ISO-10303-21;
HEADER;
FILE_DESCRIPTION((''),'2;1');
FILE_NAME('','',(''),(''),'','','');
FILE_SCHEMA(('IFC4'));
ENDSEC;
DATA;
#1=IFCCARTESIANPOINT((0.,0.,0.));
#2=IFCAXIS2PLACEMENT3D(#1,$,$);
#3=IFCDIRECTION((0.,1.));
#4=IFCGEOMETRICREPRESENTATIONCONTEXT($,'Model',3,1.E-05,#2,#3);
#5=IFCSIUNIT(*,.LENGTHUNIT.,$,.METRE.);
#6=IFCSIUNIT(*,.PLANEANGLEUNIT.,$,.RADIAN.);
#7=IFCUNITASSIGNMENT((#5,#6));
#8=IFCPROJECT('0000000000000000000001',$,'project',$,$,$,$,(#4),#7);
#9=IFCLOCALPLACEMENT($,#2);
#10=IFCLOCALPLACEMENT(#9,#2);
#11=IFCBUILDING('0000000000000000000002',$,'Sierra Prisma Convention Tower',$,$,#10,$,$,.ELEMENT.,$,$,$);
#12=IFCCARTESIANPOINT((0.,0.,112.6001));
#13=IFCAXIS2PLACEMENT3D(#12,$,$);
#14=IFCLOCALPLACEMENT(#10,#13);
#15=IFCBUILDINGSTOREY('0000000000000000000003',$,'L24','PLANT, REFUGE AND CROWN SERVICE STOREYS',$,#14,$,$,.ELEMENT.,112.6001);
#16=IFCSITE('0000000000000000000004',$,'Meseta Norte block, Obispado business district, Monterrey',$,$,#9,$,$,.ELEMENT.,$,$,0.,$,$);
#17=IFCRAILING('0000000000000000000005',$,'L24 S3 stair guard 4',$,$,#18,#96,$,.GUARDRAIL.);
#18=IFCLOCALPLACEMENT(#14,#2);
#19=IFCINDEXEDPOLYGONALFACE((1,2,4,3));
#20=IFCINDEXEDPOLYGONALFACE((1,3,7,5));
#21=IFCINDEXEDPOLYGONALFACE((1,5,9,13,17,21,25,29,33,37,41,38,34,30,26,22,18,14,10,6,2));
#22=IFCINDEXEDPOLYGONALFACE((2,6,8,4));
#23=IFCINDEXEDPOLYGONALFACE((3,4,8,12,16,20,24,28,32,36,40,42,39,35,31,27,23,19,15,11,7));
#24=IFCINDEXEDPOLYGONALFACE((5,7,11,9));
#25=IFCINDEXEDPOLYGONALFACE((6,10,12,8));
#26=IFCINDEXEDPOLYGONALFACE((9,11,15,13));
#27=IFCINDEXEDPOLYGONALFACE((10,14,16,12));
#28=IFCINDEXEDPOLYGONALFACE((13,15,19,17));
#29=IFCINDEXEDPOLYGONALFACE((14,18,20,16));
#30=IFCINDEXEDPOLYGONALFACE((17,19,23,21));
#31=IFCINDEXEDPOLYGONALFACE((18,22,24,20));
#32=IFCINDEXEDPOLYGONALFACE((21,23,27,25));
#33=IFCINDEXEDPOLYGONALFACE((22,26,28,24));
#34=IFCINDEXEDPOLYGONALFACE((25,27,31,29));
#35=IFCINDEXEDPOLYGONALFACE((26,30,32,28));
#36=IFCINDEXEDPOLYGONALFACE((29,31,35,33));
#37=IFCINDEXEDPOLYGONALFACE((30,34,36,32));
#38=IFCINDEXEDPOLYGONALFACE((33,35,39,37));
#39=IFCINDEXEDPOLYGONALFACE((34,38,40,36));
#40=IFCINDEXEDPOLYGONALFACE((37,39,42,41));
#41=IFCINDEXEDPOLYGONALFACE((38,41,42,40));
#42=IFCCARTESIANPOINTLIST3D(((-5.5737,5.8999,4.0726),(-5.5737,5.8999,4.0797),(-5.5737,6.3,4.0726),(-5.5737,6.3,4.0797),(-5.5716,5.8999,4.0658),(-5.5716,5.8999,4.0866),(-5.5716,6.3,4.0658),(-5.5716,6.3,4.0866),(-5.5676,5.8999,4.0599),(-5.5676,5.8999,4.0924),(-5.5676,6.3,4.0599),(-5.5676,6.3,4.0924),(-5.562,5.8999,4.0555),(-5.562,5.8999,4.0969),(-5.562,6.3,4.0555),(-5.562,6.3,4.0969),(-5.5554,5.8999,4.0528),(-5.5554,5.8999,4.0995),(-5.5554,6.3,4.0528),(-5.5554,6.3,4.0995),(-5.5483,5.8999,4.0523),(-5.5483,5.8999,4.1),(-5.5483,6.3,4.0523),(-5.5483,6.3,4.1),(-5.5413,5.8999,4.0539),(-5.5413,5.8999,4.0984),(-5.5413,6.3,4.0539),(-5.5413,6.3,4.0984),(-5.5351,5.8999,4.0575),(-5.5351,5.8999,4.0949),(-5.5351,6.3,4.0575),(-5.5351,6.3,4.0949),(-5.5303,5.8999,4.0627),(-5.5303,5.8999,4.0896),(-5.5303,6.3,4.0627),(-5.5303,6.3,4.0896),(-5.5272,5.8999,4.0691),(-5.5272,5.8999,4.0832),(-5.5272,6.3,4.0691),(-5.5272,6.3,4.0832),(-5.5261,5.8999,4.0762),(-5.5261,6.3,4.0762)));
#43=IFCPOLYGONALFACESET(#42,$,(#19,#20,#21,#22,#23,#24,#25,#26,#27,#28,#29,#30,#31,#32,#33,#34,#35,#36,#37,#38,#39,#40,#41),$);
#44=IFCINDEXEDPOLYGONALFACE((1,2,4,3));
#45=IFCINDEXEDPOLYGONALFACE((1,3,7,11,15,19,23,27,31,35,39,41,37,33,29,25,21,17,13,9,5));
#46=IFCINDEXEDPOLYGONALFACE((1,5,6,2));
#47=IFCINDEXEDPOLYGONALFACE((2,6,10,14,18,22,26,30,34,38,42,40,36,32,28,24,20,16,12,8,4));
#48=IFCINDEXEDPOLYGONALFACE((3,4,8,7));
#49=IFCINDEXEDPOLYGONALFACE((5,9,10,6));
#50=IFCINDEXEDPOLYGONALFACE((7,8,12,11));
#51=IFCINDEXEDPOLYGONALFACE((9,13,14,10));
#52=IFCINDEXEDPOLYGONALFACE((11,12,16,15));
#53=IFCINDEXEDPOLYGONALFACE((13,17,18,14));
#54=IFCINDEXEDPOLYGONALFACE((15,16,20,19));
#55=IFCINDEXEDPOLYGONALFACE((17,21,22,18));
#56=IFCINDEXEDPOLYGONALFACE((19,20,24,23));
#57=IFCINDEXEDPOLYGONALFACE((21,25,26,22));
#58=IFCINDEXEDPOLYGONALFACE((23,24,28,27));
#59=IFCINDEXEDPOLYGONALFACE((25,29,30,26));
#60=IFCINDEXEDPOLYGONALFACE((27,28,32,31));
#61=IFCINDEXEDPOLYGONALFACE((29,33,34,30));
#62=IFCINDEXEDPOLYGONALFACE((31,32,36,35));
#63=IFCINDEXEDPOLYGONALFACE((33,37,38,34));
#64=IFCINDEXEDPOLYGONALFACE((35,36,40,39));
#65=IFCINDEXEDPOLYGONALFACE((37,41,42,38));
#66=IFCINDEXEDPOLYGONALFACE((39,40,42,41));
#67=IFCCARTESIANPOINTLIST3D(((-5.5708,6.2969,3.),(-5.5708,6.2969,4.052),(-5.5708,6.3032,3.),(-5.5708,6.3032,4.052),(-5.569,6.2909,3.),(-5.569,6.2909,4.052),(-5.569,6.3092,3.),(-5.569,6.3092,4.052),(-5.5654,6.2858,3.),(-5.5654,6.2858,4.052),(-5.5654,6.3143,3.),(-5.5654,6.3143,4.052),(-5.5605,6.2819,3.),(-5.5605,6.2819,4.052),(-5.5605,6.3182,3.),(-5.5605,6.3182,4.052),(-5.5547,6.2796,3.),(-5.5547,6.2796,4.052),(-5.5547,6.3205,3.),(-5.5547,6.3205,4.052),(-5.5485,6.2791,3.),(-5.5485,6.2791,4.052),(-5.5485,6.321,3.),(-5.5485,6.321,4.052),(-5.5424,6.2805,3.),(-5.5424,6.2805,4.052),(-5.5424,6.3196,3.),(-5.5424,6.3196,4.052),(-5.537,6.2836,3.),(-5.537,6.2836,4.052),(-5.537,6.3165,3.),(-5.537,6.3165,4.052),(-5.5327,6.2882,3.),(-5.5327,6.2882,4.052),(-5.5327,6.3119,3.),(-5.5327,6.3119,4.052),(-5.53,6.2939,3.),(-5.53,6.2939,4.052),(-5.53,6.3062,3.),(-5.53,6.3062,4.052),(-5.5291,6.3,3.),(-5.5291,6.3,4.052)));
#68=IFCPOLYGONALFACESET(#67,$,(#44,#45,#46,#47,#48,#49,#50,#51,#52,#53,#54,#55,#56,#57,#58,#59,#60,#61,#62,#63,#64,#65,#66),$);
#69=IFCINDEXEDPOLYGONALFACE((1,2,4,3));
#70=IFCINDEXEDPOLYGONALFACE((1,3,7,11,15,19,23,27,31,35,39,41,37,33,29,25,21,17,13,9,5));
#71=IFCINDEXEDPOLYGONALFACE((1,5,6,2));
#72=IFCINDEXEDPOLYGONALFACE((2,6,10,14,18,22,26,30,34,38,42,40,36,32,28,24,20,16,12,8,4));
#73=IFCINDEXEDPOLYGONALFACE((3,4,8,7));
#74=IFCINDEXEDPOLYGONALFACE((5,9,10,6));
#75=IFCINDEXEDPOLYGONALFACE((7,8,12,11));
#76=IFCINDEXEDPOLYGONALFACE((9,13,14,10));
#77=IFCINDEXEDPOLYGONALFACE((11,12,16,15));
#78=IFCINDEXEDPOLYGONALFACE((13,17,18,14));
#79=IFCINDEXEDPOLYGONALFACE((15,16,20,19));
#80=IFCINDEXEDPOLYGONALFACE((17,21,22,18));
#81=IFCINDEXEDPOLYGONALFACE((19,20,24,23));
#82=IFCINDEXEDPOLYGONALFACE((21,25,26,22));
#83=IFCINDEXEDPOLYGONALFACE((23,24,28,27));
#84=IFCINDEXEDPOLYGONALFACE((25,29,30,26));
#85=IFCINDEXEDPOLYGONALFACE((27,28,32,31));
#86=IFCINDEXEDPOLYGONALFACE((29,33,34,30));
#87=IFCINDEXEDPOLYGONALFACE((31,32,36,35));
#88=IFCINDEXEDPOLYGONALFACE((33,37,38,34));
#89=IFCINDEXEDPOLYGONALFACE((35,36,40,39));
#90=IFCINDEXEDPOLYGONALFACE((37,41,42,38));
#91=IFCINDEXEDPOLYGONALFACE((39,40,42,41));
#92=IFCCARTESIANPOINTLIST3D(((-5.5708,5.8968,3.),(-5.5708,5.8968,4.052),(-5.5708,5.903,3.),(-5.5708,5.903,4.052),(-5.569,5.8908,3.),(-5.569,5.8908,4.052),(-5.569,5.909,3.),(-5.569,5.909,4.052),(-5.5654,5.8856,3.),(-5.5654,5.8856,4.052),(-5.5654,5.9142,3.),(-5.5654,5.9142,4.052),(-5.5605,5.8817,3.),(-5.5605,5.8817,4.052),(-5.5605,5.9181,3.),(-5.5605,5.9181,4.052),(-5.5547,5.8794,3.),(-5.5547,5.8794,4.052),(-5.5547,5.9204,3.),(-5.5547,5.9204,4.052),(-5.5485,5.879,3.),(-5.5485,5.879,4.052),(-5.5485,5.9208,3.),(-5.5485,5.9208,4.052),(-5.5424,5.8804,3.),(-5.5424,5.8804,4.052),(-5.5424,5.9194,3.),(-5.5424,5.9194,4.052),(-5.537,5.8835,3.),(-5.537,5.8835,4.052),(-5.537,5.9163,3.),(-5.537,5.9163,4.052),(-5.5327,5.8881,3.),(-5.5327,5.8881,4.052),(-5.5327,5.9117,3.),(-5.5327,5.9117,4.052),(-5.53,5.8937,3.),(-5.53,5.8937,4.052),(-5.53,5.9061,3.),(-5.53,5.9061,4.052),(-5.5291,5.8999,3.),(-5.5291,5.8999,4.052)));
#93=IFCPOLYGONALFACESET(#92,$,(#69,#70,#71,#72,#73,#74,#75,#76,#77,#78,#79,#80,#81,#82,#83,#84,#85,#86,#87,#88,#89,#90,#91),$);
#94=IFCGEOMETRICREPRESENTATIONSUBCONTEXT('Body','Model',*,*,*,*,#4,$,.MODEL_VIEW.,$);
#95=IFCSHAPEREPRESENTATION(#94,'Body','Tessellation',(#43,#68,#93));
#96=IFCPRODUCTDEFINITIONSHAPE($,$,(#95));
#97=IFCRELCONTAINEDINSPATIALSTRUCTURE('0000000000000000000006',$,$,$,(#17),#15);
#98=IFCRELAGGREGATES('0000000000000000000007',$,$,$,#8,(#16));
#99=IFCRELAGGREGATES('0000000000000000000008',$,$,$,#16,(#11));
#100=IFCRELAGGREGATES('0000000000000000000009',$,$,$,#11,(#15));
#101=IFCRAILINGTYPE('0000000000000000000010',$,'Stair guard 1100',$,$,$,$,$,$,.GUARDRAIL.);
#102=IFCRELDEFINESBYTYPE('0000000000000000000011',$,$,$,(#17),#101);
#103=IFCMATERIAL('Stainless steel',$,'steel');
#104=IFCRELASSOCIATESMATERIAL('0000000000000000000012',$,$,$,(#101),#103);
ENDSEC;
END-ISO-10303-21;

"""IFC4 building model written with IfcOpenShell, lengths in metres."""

from ifc_helpers import new_model, si_unit, direction, frame, origin, origin_2d, place, context, subcontext, project, spatial, circle, extrude, material, type_object, element, save


model = new_model("IFC4")

# Units and contexts
model_context = context("Model", 3, precision=1e-05, world=origin(), true_north=direction((0.0, 1.0)))
body_context = subcontext(model_context, "Body", "Model", "MODEL_VIEW")
ifc_project = project(units=[si_unit("LENGTHUNIT", "METRE"), si_unit("PLANEANGLEUNIT", "RADIAN")], contexts=[model_context])

# Site, building, storey
site_placement = place(None, origin())
site = spatial("IfcSite", under=ifc_project, at=site_placement, Name="Meseta Norte block, Obispado business district, Monterrey", CompositionType="ELEMENT", RefElevation=0.0)
building_placement = place(site_placement, origin())
building = spatial("IfcBuilding", under=site, at=building_placement, Name="Sierra Prisma Convention Tower", CompositionType="ELEMENT")
storey_placement = place(building_placement, frame((0.0, 0.0, 112.6001)))
storey = spatial("IfcBuildingStorey", under=building, at=storey_placement, Name="L24", Description="PLANT, REFUGE AND CROWN SERVICE STOREYS", CompositionType="ELEMENT", Elevation=112.6001)

# Railing
ifc_material_1 = material(Name="Stainless steel", Category="steel")
railing_type_1 = type_object("IfcRailingType", Name="Stair guard 1100", PredefinedType="GUARDRAIL", material=ifc_material_1)
railing_1_placement = place(storey_placement, frame((-5.55, 6.3, 3.0)))
element("IfcRailing", 1, at=railing_1_placement, inside=storey, type_object=railing_type_1, Name="L24 S3 stair guard 4", PredefinedType="GUARDRAIL", context=body_context, shape_type="SweptSolid", body=[
    extrude(circle(Radius=0.0239, at=origin_2d()), frame((0.0, 0.0, 1.0762), z_axis=(0.0, -1.0, 0.0), x_axis=(1.0, 0.0, 0.0)), (0.0, 0.0, 1.0), 0.4001),
    extrude(circle(Radius=0.021, at=origin_2d()), origin(), (0.0, 0.0, 1.0), 1.052),
    extrude(circle(Radius=0.021, at=origin_2d()), frame((0.0, -0.4001, 0.0)), (0.0, 0.0, 1.0), 1.052),
])

save(model, "model.ifc")
